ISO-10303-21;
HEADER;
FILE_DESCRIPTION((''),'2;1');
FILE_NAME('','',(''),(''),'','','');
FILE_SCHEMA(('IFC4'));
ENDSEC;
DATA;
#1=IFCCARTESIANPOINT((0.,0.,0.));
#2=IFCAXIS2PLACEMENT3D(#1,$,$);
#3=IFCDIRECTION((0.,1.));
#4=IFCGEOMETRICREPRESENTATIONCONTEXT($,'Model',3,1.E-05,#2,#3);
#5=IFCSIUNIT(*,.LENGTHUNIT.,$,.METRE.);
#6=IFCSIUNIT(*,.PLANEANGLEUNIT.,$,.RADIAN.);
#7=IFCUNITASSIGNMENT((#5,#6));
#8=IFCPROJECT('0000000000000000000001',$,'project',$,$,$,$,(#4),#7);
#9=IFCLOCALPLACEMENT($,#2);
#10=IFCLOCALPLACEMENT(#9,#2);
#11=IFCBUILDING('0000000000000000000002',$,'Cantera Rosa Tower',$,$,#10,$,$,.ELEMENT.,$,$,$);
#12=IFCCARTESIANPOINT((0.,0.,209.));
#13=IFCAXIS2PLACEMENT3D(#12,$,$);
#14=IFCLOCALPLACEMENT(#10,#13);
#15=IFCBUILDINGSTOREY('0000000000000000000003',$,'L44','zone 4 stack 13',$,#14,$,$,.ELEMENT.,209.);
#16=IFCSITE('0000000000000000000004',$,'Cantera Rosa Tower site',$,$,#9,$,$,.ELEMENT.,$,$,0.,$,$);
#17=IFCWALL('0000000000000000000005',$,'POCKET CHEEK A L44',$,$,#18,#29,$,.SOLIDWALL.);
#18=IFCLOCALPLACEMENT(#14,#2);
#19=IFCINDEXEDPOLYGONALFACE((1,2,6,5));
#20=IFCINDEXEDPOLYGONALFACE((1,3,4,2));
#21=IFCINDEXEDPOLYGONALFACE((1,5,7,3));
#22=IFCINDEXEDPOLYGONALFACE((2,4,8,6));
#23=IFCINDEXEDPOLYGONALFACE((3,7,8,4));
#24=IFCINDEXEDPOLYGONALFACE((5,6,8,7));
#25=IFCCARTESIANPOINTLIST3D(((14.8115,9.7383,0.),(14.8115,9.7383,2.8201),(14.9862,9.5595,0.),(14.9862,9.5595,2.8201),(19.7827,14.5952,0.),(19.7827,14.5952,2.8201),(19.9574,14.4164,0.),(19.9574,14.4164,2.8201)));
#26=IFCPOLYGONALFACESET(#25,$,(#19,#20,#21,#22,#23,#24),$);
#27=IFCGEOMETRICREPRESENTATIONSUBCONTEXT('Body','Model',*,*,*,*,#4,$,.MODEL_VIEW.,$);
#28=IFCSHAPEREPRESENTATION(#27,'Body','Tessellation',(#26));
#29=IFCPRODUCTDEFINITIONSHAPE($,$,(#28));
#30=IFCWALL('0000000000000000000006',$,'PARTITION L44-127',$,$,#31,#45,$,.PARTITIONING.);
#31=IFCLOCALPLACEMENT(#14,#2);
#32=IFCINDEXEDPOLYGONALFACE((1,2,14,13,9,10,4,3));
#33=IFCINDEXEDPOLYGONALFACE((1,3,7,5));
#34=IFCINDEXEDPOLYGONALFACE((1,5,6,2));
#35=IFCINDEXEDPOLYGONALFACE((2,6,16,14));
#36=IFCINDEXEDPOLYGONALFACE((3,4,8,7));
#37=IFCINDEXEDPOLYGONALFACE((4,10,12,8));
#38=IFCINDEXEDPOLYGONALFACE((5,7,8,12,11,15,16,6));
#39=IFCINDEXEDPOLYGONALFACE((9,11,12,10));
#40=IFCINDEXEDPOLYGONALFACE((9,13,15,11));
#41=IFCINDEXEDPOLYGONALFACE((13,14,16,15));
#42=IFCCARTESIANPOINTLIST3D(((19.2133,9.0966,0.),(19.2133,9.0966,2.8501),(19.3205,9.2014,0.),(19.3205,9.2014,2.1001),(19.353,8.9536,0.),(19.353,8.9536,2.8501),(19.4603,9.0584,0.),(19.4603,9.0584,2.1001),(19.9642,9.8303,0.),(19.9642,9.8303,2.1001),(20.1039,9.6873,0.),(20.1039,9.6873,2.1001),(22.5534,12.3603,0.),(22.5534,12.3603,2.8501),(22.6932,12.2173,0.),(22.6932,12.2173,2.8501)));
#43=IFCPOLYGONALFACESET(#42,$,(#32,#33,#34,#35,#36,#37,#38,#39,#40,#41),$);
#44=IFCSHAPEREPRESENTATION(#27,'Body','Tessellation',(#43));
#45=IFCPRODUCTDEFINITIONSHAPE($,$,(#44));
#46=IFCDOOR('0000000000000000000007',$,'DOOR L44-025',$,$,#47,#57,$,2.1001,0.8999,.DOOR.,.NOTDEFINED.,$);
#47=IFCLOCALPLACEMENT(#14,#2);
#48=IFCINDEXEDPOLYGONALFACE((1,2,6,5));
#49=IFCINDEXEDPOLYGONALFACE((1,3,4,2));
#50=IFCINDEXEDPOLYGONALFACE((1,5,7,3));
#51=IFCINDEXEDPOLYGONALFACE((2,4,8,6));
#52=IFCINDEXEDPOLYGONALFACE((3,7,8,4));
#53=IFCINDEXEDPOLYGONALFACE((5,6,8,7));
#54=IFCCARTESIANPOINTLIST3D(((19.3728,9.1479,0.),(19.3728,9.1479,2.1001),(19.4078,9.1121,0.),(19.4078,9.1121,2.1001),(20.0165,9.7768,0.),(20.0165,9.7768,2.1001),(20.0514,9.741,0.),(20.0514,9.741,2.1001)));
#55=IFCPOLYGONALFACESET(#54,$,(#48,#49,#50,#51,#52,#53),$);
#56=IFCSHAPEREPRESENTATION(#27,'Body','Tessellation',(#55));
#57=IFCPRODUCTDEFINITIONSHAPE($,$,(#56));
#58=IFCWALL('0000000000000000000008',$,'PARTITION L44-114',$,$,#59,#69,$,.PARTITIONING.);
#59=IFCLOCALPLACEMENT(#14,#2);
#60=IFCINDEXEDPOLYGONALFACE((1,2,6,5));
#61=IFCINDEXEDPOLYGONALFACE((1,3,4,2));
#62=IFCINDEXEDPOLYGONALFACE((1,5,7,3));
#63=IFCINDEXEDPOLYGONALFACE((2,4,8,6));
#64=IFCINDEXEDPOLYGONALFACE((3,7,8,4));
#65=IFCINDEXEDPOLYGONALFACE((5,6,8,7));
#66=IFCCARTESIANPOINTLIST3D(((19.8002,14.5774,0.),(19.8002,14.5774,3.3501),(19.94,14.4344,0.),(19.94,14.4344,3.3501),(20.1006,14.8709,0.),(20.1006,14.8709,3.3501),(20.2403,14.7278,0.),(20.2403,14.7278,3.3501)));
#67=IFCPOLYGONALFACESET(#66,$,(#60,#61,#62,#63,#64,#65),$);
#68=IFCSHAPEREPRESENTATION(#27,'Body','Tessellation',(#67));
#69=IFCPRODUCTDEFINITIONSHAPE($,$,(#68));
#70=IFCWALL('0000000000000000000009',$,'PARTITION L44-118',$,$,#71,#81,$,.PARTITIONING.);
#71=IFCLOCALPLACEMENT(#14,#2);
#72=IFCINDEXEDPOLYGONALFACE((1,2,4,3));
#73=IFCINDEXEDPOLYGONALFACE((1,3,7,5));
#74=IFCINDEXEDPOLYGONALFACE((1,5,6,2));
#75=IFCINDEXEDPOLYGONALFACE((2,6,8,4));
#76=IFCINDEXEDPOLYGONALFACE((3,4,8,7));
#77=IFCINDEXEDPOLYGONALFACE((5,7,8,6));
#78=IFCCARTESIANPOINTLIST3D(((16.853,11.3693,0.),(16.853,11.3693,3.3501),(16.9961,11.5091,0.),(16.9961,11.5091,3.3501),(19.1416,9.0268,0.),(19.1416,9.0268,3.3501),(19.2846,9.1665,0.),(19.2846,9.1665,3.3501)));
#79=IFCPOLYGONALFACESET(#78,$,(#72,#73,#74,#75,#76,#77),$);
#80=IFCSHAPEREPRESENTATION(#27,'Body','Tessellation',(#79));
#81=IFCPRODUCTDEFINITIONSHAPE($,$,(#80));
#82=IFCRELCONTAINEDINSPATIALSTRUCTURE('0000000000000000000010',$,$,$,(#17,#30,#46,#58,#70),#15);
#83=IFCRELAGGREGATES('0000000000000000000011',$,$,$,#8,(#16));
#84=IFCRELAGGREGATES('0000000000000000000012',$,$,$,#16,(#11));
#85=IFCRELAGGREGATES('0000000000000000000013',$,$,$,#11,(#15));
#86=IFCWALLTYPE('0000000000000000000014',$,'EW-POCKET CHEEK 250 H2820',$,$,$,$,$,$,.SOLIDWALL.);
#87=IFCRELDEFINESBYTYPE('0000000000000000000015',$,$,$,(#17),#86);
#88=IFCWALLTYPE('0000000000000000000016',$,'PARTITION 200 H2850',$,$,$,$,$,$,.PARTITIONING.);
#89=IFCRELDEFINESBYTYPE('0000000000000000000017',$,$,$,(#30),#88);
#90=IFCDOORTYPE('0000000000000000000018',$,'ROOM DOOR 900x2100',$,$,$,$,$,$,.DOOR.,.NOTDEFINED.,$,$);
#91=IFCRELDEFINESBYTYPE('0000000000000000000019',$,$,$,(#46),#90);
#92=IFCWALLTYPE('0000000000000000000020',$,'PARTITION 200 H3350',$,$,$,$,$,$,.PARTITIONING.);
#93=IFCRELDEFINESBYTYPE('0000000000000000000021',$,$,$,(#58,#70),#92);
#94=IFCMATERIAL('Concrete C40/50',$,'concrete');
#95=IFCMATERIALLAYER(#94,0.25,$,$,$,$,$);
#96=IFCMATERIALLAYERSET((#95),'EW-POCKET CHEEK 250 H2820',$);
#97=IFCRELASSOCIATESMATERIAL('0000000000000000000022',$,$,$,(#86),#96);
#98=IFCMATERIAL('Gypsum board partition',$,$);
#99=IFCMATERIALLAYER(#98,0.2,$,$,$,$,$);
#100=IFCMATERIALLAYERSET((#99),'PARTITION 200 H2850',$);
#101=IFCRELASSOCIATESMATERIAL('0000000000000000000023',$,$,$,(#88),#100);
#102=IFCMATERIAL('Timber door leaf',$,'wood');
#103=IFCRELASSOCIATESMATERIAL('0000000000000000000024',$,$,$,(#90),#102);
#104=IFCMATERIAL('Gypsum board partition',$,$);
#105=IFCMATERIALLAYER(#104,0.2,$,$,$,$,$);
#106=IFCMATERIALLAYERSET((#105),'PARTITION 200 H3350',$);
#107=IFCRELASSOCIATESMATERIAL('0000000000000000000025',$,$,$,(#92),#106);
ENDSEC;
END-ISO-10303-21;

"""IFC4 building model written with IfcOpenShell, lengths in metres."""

from ifc_helpers import new_model, si_unit, direction, frame, frame_2d, origin, place, context, subcontext, project, spatial, rectangle, extrude, material, layer, layer_set, type_object, element, fill, save


model = new_model("IFC4")

# Units and contexts
model_context = context("Model", 3, precision=1e-05, world=origin(), true_north=direction((0.0, 1.0)))
body_context = subcontext(model_context, "Body", "Model", "MODEL_VIEW")
ifc_project = project(units=[si_unit("LENGTHUNIT", "METRE"), si_unit("PLANEANGLEUNIT", "RADIAN")], contexts=[model_context])

# Site, building, storey
site_placement = place(None, origin())
site = spatial("IfcSite", under=ifc_project, at=site_placement, Name="Cantera Rosa Tower site", CompositionType="ELEMENT", RefElevation=0.0)
building_placement = place(site_placement, origin())
building = spatial("IfcBuilding", under=site, at=building_placement, Name="Cantera Rosa Tower", CompositionType="ELEMENT")
storey_placement = place(building_placement, frame((0.0, 0.0, 209.0)))
storey = spatial("IfcBuildingStorey", under=building, at=storey_placement, Name="L44", Description="zone 4 stack 13", CompositionType="ELEMENT", Elevation=209.0)

# Wall
ifc_material_1 = material(Name="Concrete C40/50", Category="concrete")
ifc_layer_1 = layer(ifc_material_1, 0.25)
ifc_layer_set_1 = layer_set([ifc_layer_1], Name="EW-POCKET CHEEK 250 H2820")
wall_type_1 = type_object("IfcWallType", Name="EW-POCKET CHEEK 250 H2820", PredefinedType="SOLIDWALL", material=ifc_layer_set_1)
wall_1_placement = place(storey_placement, frame((19.8701, 14.5059, 0.0), z_axis=(0.0, 0.0, 1.0), x_axis=(-0.715279, -0.698839, 0.0)))
element("IfcWall", 1, at=wall_1_placement, inside=storey, type_object=wall_type_1, Name="POCKET CHEEK A L44", PredefinedType="SOLIDWALL", context=body_context, shape_type="SweptSolid", body=[
    extrude(rectangle(XDim=6.95, YDim=0.25, at=frame_2d((3.4751, 0.0))), origin(), (0.0, 0.0, 1.0), 2.8201),
])

# Wall, opening, door
ifc_material_2 = material(Name="Gypsum board partition")
ifc_layer_2 = layer(ifc_material_2, 0.2)
ifc_layer_set_2 = layer_set([ifc_layer_2], Name="PARTITION 200 H2850")
wall_type_2 = type_object("IfcWallType", Name="PARTITION 200 H2850", PredefinedType="PARTITIONING", material=ifc_layer_set_2)
wall_2_placement = place(storey_placement, frame((22.6233, 12.2888, 0.0), z_axis=(0.0, 0.0, 1.0), x_axis=(-0.715241, -0.698878, 0.0)))
wall_2 = element("IfcWall", 2, at=wall_2_placement, inside=storey, type_object=wall_type_2, Name="PARTITION L44-127", PredefinedType="PARTITIONING", context=body_context, shape_type="SweptSolid", body=[
    extrude(rectangle(XDim=4.6699, YDim=0.2, at=frame_2d((2.335, 0.0))), origin(), (0.0, 0.0, 1.0), 2.8501),
])
opening_placement = place(wall_2_placement, frame((3.6201, 0.0, 0.0)))
opening = element("IfcOpeningElement", 3, at=opening_placement, cuts=wall_2, PredefinedType="OPENING", context=body_context, shape_type="SweptSolid", body=[
    extrude(rectangle(XDim=0.8999, YDim=2.1001, at=frame_2d((0.45, 1.05))), frame((0.0, 0.1099, 0.0), z_axis=(0.0, -1.0, 0.0), x_axis=(1.0, 0.0, 0.0)), (0.0, 0.0, 1.0), 0.22),
])
ifc_material_3 = material(Name="Timber door leaf", Category="wood")
door_type = type_object("IfcDoorType", Name="ROOM DOOR 900x2100", OperationType="NOTDEFINED", PredefinedType="DOOR", material=ifc_material_3)
door_placement = place(opening_placement, origin())
door = element("IfcDoor", 4, at=door_placement, inside=storey, type_object=door_type, Name="DOOR L44-025", OperationType="NOTDEFINED", OverallHeight=2.1001, OverallWidth=0.8999, PredefinedType="DOOR", context=body_context, shape_type="SweptSolid", body=[
    extrude(rectangle(XDim=0.8999, YDim=2.1001, at=frame_2d((0.45, 1.05))), frame((0.0, 0.0249, 0.0), z_axis=(0.0, -1.0, 0.0), x_axis=(1.0, 0.0, 0.0)), (0.0, 0.0, 1.0), 0.05),
])
fill(opening, door)

# Walls
ifc_material_4 = material(Name="Gypsum board partition")
ifc_layer_3 = layer(ifc_material_4, 0.2)
ifc_layer_set_3 = layer_set([ifc_layer_3], Name="PARTITION 200 H3350")
wall_type_3 = type_object("IfcWallType", Name="PARTITION 200 H3350", PredefinedType="PARTITIONING", material=ifc_layer_set_3)
wall_3_placement = place(storey_placement, frame((19.8701, 14.5059, 0.0), z_axis=(0.0, 0.0, 1.0), x_axis=(0.7152, 0.698919, 0.0)))
element("IfcWall", 5, at=wall_3_placement, inside=storey, type_object=wall_type_3, Name="PARTITION L44-114", PredefinedType="PARTITIONING", context=body_context, shape_type="SweptSolid", body=[
    extrude(rectangle(XDim=0.4199, YDim=0.2, at=frame_2d((0.21, 0.0))), origin(), (0.0, 0.0, 1.0), 3.3501),
])
wall_4_placement = place(storey_placement, frame((16.9246, 11.4392, 0.0), z_axis=(0.0, 0.0, 1.0), x_axis=(0.698821, -0.715296, 0.0)))
element("IfcWall", 6, at=wall_4_placement, inside=storey, type_object=wall_type_3, Name="PARTITION L44-118", PredefinedType="PARTITIONING", context=body_context, shape_type="SweptSolid", body=[
    extrude(rectangle(XDim=3.2749, YDim=0.2, at=frame_2d((1.6375, 0.0))), origin(), (0.0, 0.0, 1.0), 3.3501),
])

save(model, "model.ifc")
